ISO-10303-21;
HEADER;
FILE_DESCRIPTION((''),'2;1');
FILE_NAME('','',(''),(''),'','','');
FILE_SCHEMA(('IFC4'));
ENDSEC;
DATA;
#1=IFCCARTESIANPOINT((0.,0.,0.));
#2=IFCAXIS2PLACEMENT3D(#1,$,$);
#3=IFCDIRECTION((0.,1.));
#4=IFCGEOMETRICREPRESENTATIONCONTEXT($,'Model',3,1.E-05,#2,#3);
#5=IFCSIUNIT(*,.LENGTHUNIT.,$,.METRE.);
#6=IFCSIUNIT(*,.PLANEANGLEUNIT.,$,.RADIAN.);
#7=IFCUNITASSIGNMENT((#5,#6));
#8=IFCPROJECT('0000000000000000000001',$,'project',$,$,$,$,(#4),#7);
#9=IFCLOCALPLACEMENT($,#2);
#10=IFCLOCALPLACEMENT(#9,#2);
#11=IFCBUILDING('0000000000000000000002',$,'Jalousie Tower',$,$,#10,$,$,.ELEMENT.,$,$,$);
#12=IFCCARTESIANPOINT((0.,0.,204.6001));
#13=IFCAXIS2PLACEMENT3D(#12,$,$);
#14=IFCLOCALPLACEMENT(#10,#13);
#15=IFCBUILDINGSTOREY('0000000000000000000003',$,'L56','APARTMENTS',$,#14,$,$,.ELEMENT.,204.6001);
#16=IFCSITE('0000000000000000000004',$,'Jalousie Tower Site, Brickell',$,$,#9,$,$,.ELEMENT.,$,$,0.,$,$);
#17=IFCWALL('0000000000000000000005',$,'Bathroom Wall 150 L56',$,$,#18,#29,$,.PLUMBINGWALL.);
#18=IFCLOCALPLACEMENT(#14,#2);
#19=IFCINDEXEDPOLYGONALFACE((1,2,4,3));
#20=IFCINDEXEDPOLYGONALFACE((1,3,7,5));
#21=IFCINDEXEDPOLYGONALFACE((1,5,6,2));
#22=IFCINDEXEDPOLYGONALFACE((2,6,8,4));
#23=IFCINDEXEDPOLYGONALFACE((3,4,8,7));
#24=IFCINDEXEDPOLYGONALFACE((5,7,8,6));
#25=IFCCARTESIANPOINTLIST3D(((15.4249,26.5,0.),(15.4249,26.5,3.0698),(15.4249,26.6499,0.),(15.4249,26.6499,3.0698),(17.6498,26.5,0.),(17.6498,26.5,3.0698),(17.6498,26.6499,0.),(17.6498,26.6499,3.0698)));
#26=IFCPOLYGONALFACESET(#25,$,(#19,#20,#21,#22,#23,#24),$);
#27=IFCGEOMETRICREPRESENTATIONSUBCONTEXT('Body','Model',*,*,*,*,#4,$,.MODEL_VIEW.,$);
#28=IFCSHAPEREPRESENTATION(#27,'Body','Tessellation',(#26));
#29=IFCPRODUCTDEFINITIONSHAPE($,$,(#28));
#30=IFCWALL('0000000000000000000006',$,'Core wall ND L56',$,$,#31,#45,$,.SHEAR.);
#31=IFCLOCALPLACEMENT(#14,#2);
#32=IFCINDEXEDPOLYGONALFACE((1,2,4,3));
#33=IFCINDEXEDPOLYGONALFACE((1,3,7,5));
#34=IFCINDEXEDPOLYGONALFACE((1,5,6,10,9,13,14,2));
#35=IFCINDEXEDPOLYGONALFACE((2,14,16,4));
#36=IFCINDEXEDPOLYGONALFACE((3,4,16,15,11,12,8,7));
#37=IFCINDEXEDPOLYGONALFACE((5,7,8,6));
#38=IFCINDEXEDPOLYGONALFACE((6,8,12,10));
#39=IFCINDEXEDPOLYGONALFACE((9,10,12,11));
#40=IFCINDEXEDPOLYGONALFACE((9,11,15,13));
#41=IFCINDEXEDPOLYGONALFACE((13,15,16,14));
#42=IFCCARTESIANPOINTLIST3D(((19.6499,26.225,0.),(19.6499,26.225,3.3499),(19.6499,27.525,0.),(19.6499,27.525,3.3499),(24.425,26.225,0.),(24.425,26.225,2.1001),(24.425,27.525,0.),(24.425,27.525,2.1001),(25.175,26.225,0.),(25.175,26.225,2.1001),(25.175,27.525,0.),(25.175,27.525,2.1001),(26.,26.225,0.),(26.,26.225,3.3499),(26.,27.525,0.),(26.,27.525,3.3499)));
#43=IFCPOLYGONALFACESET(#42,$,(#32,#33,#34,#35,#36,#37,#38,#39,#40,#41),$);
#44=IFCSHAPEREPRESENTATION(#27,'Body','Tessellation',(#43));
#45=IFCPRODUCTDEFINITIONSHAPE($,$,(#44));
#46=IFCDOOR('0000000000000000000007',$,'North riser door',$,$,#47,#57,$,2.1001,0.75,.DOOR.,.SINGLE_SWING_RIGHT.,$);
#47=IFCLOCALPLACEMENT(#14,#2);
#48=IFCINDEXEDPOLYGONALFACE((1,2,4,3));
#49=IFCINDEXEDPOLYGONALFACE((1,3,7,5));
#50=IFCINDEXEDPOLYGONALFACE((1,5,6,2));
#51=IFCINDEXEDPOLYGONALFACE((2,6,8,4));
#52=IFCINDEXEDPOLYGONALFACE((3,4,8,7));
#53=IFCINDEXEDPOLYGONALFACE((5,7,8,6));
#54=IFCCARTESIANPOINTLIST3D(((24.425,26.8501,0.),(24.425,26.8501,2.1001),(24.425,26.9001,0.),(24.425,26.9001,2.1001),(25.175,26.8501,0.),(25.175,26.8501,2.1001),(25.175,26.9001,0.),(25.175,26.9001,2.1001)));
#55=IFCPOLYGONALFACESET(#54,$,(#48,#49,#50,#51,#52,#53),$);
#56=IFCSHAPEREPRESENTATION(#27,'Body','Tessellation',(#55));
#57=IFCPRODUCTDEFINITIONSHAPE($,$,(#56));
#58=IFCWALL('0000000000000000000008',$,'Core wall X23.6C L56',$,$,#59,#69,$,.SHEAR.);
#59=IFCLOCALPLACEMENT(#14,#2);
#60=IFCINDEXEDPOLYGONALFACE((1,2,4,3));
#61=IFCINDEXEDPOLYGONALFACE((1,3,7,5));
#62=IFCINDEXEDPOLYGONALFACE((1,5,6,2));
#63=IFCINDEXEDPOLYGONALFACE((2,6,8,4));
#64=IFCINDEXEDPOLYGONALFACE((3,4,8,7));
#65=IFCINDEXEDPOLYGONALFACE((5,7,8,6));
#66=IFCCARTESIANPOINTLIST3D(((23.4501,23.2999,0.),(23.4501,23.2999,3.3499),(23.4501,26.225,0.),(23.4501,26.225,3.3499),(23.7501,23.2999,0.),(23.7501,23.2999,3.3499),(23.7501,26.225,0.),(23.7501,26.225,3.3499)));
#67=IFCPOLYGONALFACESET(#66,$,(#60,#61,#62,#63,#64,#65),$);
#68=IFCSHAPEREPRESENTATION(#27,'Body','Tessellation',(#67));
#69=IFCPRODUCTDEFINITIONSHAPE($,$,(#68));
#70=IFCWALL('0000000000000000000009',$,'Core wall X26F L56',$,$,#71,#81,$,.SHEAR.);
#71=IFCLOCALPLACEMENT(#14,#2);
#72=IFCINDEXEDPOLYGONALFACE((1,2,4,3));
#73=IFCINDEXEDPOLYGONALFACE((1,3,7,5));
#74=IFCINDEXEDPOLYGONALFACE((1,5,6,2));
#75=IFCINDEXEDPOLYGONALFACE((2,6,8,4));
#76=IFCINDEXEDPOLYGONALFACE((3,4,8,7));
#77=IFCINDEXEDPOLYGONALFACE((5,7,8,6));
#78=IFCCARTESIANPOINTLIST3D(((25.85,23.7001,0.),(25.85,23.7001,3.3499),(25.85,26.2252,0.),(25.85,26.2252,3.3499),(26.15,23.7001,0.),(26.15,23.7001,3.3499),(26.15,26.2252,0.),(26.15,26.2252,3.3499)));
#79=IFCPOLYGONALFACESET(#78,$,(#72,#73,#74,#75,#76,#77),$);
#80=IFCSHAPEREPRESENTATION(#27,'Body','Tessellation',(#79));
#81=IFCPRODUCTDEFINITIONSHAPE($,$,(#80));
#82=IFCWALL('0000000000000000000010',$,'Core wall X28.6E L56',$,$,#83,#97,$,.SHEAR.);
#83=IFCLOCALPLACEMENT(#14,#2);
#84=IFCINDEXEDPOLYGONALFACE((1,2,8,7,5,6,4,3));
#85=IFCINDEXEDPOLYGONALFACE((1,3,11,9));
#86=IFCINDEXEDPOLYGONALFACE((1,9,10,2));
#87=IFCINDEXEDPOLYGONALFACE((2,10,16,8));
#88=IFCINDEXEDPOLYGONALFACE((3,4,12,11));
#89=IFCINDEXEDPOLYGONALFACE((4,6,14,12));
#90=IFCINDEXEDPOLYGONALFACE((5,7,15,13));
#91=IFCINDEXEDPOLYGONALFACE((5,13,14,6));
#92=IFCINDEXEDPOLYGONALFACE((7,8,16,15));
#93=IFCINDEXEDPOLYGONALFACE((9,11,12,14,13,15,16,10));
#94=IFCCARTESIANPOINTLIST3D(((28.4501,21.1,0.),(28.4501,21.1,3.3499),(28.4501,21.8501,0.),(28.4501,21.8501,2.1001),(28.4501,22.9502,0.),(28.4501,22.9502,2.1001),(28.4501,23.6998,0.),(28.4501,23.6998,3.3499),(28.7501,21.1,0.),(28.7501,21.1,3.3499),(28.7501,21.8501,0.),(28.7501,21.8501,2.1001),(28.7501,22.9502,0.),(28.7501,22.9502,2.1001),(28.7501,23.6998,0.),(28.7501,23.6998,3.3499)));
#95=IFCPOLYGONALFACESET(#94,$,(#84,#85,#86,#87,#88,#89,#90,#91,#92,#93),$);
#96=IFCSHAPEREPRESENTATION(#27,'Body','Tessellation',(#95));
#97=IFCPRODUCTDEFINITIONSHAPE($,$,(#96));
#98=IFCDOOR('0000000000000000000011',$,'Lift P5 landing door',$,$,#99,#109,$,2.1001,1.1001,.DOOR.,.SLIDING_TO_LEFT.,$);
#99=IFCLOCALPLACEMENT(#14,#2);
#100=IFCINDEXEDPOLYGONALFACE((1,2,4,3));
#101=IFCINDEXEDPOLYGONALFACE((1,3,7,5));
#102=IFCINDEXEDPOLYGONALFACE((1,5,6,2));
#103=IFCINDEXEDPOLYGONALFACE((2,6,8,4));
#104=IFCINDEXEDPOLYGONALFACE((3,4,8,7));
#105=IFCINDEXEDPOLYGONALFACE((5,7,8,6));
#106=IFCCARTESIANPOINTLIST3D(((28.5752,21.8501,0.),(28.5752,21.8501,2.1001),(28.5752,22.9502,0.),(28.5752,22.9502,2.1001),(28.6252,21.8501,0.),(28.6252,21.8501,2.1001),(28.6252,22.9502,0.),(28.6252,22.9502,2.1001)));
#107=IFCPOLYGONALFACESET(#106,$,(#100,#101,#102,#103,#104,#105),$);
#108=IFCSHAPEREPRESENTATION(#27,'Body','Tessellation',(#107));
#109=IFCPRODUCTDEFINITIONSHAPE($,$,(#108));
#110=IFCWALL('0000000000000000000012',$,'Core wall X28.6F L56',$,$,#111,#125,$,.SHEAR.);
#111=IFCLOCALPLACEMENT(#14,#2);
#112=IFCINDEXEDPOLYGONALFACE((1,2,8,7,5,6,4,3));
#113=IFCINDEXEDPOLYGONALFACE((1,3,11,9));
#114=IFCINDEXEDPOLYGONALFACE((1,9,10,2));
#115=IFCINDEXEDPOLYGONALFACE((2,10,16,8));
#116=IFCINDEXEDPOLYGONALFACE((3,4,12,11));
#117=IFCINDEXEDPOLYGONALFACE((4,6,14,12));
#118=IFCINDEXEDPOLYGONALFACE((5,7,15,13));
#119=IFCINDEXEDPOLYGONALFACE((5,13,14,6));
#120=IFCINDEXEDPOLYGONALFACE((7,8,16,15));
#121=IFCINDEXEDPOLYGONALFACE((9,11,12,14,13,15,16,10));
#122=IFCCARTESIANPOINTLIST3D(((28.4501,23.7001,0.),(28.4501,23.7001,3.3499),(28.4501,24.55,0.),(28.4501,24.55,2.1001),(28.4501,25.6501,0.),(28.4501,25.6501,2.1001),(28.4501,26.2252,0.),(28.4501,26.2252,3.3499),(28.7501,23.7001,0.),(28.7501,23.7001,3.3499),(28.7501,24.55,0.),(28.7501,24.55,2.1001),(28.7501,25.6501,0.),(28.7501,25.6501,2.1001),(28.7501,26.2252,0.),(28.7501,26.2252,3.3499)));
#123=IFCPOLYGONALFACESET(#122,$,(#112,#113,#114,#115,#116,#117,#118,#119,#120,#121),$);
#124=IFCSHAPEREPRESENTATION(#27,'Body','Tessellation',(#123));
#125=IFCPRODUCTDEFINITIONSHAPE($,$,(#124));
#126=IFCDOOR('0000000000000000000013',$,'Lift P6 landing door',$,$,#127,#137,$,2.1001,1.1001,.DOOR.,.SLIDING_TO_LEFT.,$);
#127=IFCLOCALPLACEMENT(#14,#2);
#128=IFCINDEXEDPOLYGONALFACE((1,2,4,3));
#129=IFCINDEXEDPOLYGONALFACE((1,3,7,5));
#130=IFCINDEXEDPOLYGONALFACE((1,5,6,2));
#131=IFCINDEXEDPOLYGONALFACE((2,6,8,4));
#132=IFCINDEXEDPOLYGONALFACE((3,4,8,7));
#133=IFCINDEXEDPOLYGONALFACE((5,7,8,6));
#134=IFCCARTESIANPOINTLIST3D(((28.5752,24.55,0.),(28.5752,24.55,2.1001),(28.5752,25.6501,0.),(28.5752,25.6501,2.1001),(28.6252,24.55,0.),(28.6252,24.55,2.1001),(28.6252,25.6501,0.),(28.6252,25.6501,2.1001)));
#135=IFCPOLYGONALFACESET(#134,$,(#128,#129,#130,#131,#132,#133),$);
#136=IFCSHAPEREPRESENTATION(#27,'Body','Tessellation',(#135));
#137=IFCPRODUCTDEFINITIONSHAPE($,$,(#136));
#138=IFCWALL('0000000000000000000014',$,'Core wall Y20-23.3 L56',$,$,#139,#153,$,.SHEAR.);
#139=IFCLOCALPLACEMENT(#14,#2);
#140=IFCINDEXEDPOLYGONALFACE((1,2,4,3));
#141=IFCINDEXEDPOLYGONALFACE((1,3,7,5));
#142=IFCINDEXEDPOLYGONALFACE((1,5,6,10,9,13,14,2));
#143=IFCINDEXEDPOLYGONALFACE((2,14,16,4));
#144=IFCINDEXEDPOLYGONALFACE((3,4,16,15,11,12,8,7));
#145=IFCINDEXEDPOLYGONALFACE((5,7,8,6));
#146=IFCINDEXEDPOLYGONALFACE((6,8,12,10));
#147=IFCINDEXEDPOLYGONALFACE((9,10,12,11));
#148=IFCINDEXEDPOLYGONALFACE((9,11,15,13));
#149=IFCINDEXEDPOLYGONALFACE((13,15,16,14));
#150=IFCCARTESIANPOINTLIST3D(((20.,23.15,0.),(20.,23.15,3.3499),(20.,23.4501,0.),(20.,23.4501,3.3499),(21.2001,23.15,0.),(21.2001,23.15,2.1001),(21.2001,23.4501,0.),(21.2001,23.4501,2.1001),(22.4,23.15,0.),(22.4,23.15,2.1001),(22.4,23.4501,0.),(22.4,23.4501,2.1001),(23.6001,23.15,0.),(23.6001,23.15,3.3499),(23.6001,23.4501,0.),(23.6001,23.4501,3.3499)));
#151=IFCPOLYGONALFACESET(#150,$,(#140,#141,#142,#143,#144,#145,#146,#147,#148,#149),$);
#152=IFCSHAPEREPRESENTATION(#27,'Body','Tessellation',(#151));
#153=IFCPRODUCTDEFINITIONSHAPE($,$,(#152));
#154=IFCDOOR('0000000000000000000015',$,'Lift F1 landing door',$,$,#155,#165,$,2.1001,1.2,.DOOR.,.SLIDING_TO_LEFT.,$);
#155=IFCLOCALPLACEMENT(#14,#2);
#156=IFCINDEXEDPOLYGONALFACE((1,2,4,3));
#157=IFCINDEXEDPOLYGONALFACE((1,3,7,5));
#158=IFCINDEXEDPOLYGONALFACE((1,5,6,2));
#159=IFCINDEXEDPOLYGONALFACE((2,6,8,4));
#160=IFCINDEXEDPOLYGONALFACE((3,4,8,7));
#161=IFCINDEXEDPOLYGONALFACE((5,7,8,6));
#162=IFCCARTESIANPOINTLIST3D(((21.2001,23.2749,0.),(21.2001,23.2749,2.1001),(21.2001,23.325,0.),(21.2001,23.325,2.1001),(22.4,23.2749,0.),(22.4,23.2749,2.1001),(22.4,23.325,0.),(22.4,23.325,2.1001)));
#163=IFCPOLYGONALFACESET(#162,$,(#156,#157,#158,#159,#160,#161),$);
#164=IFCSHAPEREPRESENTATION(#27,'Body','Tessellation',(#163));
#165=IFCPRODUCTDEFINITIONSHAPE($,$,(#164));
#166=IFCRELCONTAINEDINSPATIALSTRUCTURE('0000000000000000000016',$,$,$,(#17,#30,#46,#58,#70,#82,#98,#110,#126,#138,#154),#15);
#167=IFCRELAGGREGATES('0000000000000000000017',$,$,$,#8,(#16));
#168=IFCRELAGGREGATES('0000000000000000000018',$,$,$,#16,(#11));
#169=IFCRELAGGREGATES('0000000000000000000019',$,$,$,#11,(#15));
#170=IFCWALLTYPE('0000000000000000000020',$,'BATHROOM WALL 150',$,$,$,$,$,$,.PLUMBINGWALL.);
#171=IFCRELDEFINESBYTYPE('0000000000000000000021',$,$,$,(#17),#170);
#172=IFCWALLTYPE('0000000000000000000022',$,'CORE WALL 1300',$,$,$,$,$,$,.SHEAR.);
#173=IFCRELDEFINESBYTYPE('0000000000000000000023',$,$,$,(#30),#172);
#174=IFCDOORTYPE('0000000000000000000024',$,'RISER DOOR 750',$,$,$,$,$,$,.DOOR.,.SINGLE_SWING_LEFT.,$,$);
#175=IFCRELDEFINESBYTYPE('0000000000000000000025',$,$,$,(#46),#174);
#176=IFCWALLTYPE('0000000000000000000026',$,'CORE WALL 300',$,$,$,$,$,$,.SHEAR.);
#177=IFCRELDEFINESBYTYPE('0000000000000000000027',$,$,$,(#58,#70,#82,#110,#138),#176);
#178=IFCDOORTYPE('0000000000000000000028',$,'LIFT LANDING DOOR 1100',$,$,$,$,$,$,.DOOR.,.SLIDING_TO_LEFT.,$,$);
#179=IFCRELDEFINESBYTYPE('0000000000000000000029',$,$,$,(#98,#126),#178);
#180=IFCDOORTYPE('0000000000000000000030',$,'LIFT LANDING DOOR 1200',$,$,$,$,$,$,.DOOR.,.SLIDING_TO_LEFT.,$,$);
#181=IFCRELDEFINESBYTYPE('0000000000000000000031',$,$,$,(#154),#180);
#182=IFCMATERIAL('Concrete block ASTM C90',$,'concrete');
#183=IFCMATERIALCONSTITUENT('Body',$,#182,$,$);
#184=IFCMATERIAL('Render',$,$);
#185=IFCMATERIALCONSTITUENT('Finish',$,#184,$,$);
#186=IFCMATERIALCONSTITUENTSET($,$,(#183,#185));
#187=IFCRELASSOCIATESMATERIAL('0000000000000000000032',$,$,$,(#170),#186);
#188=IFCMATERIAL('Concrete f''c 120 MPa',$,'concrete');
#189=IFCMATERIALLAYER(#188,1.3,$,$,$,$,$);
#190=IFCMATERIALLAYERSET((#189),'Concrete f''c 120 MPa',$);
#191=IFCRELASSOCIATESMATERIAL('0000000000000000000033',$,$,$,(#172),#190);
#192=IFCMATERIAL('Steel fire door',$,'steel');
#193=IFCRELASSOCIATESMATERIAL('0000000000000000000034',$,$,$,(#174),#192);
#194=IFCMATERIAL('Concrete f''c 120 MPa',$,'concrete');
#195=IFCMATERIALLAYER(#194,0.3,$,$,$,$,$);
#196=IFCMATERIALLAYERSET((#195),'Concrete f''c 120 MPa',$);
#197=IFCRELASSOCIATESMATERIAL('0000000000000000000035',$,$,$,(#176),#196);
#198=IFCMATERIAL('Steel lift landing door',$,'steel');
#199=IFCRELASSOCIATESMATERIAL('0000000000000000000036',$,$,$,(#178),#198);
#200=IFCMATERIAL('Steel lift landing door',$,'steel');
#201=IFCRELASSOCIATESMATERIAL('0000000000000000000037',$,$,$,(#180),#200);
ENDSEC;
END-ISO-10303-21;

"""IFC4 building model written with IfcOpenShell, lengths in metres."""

from ifc_helpers import new_model, si_unit, direction, frame, frame_2d, origin, place, context, subcontext, project, spatial, rectangle, extrude, material, layer, layer_set, constituent, constituent_set, type_object, element, fill, save


model = new_model("IFC4")

# Units and contexts
model_context = context("Model", 3, precision=1e-05, world=origin(), true_north=direction((0.0, 1.0)))
body_context = subcontext(model_context, "Body", "Model", "MODEL_VIEW")
ifc_project = project(units=[si_unit("LENGTHUNIT", "METRE"), si_unit("PLANEANGLEUNIT", "RADIAN")], contexts=[model_context])

# Site, building, storey
site_placement = place(None, origin())
site = spatial("IfcSite", under=ifc_project, at=site_placement, Name="Jalousie Tower Site, Brickell", CompositionType="ELEMENT", RefElevation=0.0)
building_placement = place(site_placement, origin())
building = spatial("IfcBuilding", under=site, at=building_placement, Name="Jalousie Tower", CompositionType="ELEMENT")
storey_placement = place(building_placement, frame((0.0, 0.0, 204.6001)))
storey = spatial("IfcBuildingStorey", under=building, at=storey_placement, Name="L56", Description="APARTMENTS", CompositionType="ELEMENT", Elevation=204.6001)

# Wall
ifc_material_1 = material(Name="Concrete block ASTM C90", Category="concrete")
ifc_constituent_1 = constituent(ifc_material_1, Name="Body")
ifc_material_2 = material(Name="Render")
ifc_constituent_2 = constituent(ifc_material_2, Name="Finish")
ifc_constituent_set_1 = constituent_set(constituents=[ifc_constituent_1, ifc_constituent_2])
wall_type_1 = type_object("IfcWallType", Name="BATHROOM WALL 150", PredefinedType="PLUMBINGWALL", material=ifc_constituent_set_1)
wall_1_placement = place(storey_placement, frame((15.425, 26.575, 0.0), z_axis=(0.0, 0.0, 1.0), x_axis=(1.0, 0.0, 0.0)))
element("IfcWall", 1, at=wall_1_placement, inside=storey, type_object=wall_type_1, Name="Bathroom Wall 150 L56", PredefinedType="PLUMBINGWALL", context=body_context, shape_type="SweptSolid", body=[
    extrude(rectangle(XDim=2.2249, YDim=0.1499, at=frame_2d((1.1123, 0.0))), origin(), (0.0, 0.0, 1.0), 3.0698),
])

# Wall, opening, door
ifc_material_3 = material(Name="Concrete f'c 120 MPa", Category="concrete")
ifc_layer_1 = layer(ifc_material_3, 1.3)
ifc_layer_set_1 = layer_set([ifc_layer_1], Name="Concrete f'c 120 MPa")
wall_type_2 = type_object("IfcWallType", Name="CORE WALL 1300", PredefinedType="SHEAR", material=ifc_layer_set_1)
wall_2_placement = place(storey_placement, frame((26.0, 26.875, 0.0), z_axis=(0.0, 0.0, 1.0), x_axis=(-1.0, 0.0, 0.0)))
wall_2 = element("IfcWall", 2, at=wall_2_placement, inside=storey, type_object=wall_type_2, Name="Core wall ND L56", PredefinedType="SHEAR", context=body_context, shape_type="SweptSolid", body=[
    extrude(rectangle(XDim=6.3501, YDim=1.3, at=frame_2d((3.175, 0.0))), origin(), (0.0, 0.0, 1.0), 3.3499),
])
opening_1_placement = place(wall_2_placement, frame((0.825, 0.0, 0.0)))
opening_1 = element("IfcOpeningElement", 3, at=opening_1_placement, cuts=wall_2, PredefinedType="OPENING", context=body_context, shape_type="SweptSolid", body=[
    extrude(rectangle(XDim=0.75, YDim=2.1001, at=frame_2d((0.375, 1.05))), frame((0.0, 0.6599, 0.0), z_axis=(0.0, -1.0, 0.0), x_axis=(1.0, 0.0, 0.0)), (0.0, 0.0, 1.0), 1.3201),
])
ifc_material_4 = material(Name="Steel fire door", Category="steel")
door_type_1 = type_object("IfcDoorType", Name="RISER DOOR 750", OperationType="SINGLE_SWING_LEFT", PredefinedType="DOOR", material=ifc_material_4)
door_1_placement = place(opening_1_placement, origin())
door_1 = element("IfcDoor", 4, at=door_1_placement, inside=storey, type_object=door_type_1, Name="North riser door", OperationType="SINGLE_SWING_RIGHT", OverallHeight=2.1001, OverallWidth=0.75, PredefinedType="DOOR", context=body_context, shape_type="SweptSolid", body=[
    extrude(rectangle(XDim=0.75, YDim=2.1001, at=frame_2d((0.375, 1.05))), frame((0.0, 0.0249, 0.0), z_axis=(0.0, -1.0, 0.0), x_axis=(1.0, 0.0, 0.0)), (0.0, 0.0, 1.0), 0.05),
])
fill(opening_1, door_1)

# Walls
ifc_material_5 = material(Name="Concrete f'c 120 MPa", Category="concrete")
ifc_layer_2 = layer(ifc_material_5, 0.3)
ifc_layer_set_2 = layer_set([ifc_layer_2], Name="Concrete f'c 120 MPa")
wall_type_3 = type_object("IfcWallType", Name="CORE WALL 300", PredefinedType="SHEAR", material=ifc_layer_set_2)
wall_3_placement = place(storey_placement, frame((23.6001, 23.3, 0.0), z_axis=(0.0, 0.0, 1.0), x_axis=(0.0, 1.0, 0.0)))
element("IfcWall", 5, at=wall_3_placement, inside=storey, type_object=wall_type_3, Name="Core wall X23.6C L56", PredefinedType="SHEAR", context=body_context, shape_type="SweptSolid", body=[
    extrude(rectangle(XDim=2.925, YDim=0.3, at=frame_2d((1.4624, 0.0))), origin(), (0.0, 0.0, 1.0), 3.3499),
])
wall_4_placement = place(storey_placement, frame((26.0, 23.7, 0.0), z_axis=(0.0, 0.0, 1.0), x_axis=(0.0, 1.0, 0.0)))
element("IfcWall", 6, at=wall_4_placement, inside=storey, type_object=wall_type_3, Name="Core wall X26F L56", PredefinedType="SHEAR", context=body_context, shape_type="SweptSolid", body=[
    extrude(rectangle(XDim=2.5251, YDim=0.3, at=frame_2d((1.2627, 0.0))), origin(), (0.0, 0.0, 1.0), 3.3499),
])

# Walls, openings, doors
wall_5_placement = place(storey_placement, frame((28.6001, 21.1001, 0.0), z_axis=(0.0, 0.0, 1.0), x_axis=(0.0, 1.0, 0.0)))
wall_5 = element("IfcWall", 7, at=wall_5_placement, inside=storey, type_object=wall_type_3, Name="Core wall X28.6E L56", PredefinedType="SHEAR", context=body_context, shape_type="SweptSolid", body=[
    extrude(rectangle(XDim=2.5999, YDim=0.3, at=frame_2d((1.2998, 0.0))), origin(), (0.0, 0.0, 1.0), 3.3499),
])
opening_2_placement = place(wall_5_placement, frame((0.75, 0.0, 0.0)))
opening_2 = element("IfcOpeningElement", 8, at=opening_2_placement, cuts=wall_5, PredefinedType="OPENING", context=body_context, shape_type="SweptSolid", body=[
    extrude(rectangle(XDim=1.1001, YDim=2.1001, at=frame_2d((0.55, 1.05))), frame((0.0, 0.1599, 0.0), z_axis=(0.0, -1.0, 0.0), x_axis=(1.0, 0.0, 0.0)), (0.0, 0.0, 1.0), 0.3201),
])
ifc_material_6 = material(Name="Steel lift landing door", Category="steel")
door_type_2 = type_object("IfcDoorType", Name="LIFT LANDING DOOR 1100", OperationType="SLIDING_TO_LEFT", PredefinedType="DOOR", material=ifc_material_6)
door_2_placement = place(opening_2_placement, origin())
door_2 = element("IfcDoor", 9, at=door_2_placement, inside=storey, type_object=door_type_2, Name="Lift P5 landing door", OperationType="SLIDING_TO_LEFT", OverallHeight=2.1001, OverallWidth=1.1001, PredefinedType="DOOR", context=body_context, shape_type="SweptSolid", body=[
    extrude(rectangle(XDim=1.1001, YDim=2.1001, at=frame_2d((0.55, 1.05))), frame((0.0, 0.0249, 0.0), z_axis=(0.0, -1.0, 0.0), x_axis=(1.0, 0.0, 0.0)), (0.0, 0.0, 1.0), 0.05),
])
fill(opening_2, door_2)
wall_6_placement = place(storey_placement, frame((28.6001, 23.7, 0.0), z_axis=(0.0, 0.0, 1.0), x_axis=(0.0, 1.0, 0.0)))
wall_6 = element("IfcWall", 10, at=wall_6_placement, inside=storey, type_object=wall_type_3, Name="Core wall X28.6F L56", PredefinedType="SHEAR", context=body_context, shape_type="SweptSolid", body=[
    extrude(rectangle(XDim=2.5251, YDim=0.3, at=frame_2d((1.2627, 0.0))), origin(), (0.0, 0.0, 1.0), 3.3499),
])
opening_3_placement = place(wall_6_placement, frame((0.8501, 0.0, 0.0)))
opening_3 = element("IfcOpeningElement", 11, at=opening_3_placement, cuts=wall_6, PredefinedType="OPENING", context=body_context, shape_type="SweptSolid", body=[
    extrude(rectangle(XDim=1.1001, YDim=2.1001, at=frame_2d((0.55, 1.05))), frame((0.0, 0.1599, 0.0), z_axis=(0.0, -1.0, 0.0), x_axis=(1.0, 0.0, 0.0)), (0.0, 0.0, 1.0), 0.3201),
])
door_3_placement = place(opening_3_placement, origin())
door_3 = element("IfcDoor", 12, at=door_3_placement, inside=storey, type_object=door_type_2, Name="Lift P6 landing door", OperationType="SLIDING_TO_LEFT", OverallHeight=2.1001, OverallWidth=1.1001, PredefinedType="DOOR", context=body_context, shape_type="SweptSolid", body=[
    extrude(rectangle(XDim=1.1001, YDim=2.1001, at=frame_2d((0.55, 1.05))), frame((0.0, 0.0249, 0.0), z_axis=(0.0, -1.0, 0.0), x_axis=(1.0, 0.0, 0.0)), (0.0, 0.0, 1.0), 0.05),
])
fill(opening_3, door_3)
wall_7_placement = place(storey_placement, frame((20.0, 23.3, 0.0), z_axis=(0.0, 0.0, 1.0), x_axis=(1.0, 0.0, 0.0)))
wall_7 = element("IfcWall", 13, at=wall_7_placement, inside=storey, type_object=wall_type_3, Name="Core wall Y20-23.3 L56", PredefinedType="SHEAR", context=body_context, shape_type="SweptSolid", body=[
    extrude(rectangle(XDim=3.6001, YDim=0.3, at=frame_2d((1.8, 0.0))), origin(), (0.0, 0.0, 1.0), 3.3499),
])
opening_4_placement = place(wall_7_placement, frame((1.2, 0.0, 0.0)))
opening_4 = element("IfcOpeningElement", 14, at=opening_4_placement, cuts=wall_7, PredefinedType="OPENING", context=body_context, shape_type="SweptSolid", body=[
    extrude(rectangle(XDim=1.2, YDim=2.1001, at=frame_2d((0.6001, 1.05))), frame((0.0, 0.1599, 0.0), z_axis=(0.0, -1.0, 0.0), x_axis=(1.0, 0.0, 0.0)), (0.0, 0.0, 1.0), 0.3201),
])
ifc_material_7 = material(Name="Steel lift landing door", Category="steel")
door_type_3 = type_object("IfcDoorType", Name="LIFT LANDING DOOR 1200", OperationType="SLIDING_TO_LEFT", PredefinedType="DOOR", material=ifc_material_7)
door_4_placement = place(opening_4_placement, origin())
door_4 = element("IfcDoor", 15, at=door_4_placement, inside=storey, type_object=door_type_3, Name="Lift F1 landing door", OperationType="SLIDING_TO_LEFT", OverallHeight=2.1001, OverallWidth=1.2, PredefinedType="DOOR", context=body_context, shape_type="SweptSolid", body=[
    extrude(rectangle(XDim=1.2, YDim=2.1001, at=frame_2d((0.6001, 1.05))), frame((0.0, 0.0249, 0.0), z_axis=(0.0, -1.0, 0.0), x_axis=(1.0, 0.0, 0.0)), (0.0, 0.0, 1.0), 0.05),
])
fill(opening_4, door_4)

save(model, "model.ifc")
